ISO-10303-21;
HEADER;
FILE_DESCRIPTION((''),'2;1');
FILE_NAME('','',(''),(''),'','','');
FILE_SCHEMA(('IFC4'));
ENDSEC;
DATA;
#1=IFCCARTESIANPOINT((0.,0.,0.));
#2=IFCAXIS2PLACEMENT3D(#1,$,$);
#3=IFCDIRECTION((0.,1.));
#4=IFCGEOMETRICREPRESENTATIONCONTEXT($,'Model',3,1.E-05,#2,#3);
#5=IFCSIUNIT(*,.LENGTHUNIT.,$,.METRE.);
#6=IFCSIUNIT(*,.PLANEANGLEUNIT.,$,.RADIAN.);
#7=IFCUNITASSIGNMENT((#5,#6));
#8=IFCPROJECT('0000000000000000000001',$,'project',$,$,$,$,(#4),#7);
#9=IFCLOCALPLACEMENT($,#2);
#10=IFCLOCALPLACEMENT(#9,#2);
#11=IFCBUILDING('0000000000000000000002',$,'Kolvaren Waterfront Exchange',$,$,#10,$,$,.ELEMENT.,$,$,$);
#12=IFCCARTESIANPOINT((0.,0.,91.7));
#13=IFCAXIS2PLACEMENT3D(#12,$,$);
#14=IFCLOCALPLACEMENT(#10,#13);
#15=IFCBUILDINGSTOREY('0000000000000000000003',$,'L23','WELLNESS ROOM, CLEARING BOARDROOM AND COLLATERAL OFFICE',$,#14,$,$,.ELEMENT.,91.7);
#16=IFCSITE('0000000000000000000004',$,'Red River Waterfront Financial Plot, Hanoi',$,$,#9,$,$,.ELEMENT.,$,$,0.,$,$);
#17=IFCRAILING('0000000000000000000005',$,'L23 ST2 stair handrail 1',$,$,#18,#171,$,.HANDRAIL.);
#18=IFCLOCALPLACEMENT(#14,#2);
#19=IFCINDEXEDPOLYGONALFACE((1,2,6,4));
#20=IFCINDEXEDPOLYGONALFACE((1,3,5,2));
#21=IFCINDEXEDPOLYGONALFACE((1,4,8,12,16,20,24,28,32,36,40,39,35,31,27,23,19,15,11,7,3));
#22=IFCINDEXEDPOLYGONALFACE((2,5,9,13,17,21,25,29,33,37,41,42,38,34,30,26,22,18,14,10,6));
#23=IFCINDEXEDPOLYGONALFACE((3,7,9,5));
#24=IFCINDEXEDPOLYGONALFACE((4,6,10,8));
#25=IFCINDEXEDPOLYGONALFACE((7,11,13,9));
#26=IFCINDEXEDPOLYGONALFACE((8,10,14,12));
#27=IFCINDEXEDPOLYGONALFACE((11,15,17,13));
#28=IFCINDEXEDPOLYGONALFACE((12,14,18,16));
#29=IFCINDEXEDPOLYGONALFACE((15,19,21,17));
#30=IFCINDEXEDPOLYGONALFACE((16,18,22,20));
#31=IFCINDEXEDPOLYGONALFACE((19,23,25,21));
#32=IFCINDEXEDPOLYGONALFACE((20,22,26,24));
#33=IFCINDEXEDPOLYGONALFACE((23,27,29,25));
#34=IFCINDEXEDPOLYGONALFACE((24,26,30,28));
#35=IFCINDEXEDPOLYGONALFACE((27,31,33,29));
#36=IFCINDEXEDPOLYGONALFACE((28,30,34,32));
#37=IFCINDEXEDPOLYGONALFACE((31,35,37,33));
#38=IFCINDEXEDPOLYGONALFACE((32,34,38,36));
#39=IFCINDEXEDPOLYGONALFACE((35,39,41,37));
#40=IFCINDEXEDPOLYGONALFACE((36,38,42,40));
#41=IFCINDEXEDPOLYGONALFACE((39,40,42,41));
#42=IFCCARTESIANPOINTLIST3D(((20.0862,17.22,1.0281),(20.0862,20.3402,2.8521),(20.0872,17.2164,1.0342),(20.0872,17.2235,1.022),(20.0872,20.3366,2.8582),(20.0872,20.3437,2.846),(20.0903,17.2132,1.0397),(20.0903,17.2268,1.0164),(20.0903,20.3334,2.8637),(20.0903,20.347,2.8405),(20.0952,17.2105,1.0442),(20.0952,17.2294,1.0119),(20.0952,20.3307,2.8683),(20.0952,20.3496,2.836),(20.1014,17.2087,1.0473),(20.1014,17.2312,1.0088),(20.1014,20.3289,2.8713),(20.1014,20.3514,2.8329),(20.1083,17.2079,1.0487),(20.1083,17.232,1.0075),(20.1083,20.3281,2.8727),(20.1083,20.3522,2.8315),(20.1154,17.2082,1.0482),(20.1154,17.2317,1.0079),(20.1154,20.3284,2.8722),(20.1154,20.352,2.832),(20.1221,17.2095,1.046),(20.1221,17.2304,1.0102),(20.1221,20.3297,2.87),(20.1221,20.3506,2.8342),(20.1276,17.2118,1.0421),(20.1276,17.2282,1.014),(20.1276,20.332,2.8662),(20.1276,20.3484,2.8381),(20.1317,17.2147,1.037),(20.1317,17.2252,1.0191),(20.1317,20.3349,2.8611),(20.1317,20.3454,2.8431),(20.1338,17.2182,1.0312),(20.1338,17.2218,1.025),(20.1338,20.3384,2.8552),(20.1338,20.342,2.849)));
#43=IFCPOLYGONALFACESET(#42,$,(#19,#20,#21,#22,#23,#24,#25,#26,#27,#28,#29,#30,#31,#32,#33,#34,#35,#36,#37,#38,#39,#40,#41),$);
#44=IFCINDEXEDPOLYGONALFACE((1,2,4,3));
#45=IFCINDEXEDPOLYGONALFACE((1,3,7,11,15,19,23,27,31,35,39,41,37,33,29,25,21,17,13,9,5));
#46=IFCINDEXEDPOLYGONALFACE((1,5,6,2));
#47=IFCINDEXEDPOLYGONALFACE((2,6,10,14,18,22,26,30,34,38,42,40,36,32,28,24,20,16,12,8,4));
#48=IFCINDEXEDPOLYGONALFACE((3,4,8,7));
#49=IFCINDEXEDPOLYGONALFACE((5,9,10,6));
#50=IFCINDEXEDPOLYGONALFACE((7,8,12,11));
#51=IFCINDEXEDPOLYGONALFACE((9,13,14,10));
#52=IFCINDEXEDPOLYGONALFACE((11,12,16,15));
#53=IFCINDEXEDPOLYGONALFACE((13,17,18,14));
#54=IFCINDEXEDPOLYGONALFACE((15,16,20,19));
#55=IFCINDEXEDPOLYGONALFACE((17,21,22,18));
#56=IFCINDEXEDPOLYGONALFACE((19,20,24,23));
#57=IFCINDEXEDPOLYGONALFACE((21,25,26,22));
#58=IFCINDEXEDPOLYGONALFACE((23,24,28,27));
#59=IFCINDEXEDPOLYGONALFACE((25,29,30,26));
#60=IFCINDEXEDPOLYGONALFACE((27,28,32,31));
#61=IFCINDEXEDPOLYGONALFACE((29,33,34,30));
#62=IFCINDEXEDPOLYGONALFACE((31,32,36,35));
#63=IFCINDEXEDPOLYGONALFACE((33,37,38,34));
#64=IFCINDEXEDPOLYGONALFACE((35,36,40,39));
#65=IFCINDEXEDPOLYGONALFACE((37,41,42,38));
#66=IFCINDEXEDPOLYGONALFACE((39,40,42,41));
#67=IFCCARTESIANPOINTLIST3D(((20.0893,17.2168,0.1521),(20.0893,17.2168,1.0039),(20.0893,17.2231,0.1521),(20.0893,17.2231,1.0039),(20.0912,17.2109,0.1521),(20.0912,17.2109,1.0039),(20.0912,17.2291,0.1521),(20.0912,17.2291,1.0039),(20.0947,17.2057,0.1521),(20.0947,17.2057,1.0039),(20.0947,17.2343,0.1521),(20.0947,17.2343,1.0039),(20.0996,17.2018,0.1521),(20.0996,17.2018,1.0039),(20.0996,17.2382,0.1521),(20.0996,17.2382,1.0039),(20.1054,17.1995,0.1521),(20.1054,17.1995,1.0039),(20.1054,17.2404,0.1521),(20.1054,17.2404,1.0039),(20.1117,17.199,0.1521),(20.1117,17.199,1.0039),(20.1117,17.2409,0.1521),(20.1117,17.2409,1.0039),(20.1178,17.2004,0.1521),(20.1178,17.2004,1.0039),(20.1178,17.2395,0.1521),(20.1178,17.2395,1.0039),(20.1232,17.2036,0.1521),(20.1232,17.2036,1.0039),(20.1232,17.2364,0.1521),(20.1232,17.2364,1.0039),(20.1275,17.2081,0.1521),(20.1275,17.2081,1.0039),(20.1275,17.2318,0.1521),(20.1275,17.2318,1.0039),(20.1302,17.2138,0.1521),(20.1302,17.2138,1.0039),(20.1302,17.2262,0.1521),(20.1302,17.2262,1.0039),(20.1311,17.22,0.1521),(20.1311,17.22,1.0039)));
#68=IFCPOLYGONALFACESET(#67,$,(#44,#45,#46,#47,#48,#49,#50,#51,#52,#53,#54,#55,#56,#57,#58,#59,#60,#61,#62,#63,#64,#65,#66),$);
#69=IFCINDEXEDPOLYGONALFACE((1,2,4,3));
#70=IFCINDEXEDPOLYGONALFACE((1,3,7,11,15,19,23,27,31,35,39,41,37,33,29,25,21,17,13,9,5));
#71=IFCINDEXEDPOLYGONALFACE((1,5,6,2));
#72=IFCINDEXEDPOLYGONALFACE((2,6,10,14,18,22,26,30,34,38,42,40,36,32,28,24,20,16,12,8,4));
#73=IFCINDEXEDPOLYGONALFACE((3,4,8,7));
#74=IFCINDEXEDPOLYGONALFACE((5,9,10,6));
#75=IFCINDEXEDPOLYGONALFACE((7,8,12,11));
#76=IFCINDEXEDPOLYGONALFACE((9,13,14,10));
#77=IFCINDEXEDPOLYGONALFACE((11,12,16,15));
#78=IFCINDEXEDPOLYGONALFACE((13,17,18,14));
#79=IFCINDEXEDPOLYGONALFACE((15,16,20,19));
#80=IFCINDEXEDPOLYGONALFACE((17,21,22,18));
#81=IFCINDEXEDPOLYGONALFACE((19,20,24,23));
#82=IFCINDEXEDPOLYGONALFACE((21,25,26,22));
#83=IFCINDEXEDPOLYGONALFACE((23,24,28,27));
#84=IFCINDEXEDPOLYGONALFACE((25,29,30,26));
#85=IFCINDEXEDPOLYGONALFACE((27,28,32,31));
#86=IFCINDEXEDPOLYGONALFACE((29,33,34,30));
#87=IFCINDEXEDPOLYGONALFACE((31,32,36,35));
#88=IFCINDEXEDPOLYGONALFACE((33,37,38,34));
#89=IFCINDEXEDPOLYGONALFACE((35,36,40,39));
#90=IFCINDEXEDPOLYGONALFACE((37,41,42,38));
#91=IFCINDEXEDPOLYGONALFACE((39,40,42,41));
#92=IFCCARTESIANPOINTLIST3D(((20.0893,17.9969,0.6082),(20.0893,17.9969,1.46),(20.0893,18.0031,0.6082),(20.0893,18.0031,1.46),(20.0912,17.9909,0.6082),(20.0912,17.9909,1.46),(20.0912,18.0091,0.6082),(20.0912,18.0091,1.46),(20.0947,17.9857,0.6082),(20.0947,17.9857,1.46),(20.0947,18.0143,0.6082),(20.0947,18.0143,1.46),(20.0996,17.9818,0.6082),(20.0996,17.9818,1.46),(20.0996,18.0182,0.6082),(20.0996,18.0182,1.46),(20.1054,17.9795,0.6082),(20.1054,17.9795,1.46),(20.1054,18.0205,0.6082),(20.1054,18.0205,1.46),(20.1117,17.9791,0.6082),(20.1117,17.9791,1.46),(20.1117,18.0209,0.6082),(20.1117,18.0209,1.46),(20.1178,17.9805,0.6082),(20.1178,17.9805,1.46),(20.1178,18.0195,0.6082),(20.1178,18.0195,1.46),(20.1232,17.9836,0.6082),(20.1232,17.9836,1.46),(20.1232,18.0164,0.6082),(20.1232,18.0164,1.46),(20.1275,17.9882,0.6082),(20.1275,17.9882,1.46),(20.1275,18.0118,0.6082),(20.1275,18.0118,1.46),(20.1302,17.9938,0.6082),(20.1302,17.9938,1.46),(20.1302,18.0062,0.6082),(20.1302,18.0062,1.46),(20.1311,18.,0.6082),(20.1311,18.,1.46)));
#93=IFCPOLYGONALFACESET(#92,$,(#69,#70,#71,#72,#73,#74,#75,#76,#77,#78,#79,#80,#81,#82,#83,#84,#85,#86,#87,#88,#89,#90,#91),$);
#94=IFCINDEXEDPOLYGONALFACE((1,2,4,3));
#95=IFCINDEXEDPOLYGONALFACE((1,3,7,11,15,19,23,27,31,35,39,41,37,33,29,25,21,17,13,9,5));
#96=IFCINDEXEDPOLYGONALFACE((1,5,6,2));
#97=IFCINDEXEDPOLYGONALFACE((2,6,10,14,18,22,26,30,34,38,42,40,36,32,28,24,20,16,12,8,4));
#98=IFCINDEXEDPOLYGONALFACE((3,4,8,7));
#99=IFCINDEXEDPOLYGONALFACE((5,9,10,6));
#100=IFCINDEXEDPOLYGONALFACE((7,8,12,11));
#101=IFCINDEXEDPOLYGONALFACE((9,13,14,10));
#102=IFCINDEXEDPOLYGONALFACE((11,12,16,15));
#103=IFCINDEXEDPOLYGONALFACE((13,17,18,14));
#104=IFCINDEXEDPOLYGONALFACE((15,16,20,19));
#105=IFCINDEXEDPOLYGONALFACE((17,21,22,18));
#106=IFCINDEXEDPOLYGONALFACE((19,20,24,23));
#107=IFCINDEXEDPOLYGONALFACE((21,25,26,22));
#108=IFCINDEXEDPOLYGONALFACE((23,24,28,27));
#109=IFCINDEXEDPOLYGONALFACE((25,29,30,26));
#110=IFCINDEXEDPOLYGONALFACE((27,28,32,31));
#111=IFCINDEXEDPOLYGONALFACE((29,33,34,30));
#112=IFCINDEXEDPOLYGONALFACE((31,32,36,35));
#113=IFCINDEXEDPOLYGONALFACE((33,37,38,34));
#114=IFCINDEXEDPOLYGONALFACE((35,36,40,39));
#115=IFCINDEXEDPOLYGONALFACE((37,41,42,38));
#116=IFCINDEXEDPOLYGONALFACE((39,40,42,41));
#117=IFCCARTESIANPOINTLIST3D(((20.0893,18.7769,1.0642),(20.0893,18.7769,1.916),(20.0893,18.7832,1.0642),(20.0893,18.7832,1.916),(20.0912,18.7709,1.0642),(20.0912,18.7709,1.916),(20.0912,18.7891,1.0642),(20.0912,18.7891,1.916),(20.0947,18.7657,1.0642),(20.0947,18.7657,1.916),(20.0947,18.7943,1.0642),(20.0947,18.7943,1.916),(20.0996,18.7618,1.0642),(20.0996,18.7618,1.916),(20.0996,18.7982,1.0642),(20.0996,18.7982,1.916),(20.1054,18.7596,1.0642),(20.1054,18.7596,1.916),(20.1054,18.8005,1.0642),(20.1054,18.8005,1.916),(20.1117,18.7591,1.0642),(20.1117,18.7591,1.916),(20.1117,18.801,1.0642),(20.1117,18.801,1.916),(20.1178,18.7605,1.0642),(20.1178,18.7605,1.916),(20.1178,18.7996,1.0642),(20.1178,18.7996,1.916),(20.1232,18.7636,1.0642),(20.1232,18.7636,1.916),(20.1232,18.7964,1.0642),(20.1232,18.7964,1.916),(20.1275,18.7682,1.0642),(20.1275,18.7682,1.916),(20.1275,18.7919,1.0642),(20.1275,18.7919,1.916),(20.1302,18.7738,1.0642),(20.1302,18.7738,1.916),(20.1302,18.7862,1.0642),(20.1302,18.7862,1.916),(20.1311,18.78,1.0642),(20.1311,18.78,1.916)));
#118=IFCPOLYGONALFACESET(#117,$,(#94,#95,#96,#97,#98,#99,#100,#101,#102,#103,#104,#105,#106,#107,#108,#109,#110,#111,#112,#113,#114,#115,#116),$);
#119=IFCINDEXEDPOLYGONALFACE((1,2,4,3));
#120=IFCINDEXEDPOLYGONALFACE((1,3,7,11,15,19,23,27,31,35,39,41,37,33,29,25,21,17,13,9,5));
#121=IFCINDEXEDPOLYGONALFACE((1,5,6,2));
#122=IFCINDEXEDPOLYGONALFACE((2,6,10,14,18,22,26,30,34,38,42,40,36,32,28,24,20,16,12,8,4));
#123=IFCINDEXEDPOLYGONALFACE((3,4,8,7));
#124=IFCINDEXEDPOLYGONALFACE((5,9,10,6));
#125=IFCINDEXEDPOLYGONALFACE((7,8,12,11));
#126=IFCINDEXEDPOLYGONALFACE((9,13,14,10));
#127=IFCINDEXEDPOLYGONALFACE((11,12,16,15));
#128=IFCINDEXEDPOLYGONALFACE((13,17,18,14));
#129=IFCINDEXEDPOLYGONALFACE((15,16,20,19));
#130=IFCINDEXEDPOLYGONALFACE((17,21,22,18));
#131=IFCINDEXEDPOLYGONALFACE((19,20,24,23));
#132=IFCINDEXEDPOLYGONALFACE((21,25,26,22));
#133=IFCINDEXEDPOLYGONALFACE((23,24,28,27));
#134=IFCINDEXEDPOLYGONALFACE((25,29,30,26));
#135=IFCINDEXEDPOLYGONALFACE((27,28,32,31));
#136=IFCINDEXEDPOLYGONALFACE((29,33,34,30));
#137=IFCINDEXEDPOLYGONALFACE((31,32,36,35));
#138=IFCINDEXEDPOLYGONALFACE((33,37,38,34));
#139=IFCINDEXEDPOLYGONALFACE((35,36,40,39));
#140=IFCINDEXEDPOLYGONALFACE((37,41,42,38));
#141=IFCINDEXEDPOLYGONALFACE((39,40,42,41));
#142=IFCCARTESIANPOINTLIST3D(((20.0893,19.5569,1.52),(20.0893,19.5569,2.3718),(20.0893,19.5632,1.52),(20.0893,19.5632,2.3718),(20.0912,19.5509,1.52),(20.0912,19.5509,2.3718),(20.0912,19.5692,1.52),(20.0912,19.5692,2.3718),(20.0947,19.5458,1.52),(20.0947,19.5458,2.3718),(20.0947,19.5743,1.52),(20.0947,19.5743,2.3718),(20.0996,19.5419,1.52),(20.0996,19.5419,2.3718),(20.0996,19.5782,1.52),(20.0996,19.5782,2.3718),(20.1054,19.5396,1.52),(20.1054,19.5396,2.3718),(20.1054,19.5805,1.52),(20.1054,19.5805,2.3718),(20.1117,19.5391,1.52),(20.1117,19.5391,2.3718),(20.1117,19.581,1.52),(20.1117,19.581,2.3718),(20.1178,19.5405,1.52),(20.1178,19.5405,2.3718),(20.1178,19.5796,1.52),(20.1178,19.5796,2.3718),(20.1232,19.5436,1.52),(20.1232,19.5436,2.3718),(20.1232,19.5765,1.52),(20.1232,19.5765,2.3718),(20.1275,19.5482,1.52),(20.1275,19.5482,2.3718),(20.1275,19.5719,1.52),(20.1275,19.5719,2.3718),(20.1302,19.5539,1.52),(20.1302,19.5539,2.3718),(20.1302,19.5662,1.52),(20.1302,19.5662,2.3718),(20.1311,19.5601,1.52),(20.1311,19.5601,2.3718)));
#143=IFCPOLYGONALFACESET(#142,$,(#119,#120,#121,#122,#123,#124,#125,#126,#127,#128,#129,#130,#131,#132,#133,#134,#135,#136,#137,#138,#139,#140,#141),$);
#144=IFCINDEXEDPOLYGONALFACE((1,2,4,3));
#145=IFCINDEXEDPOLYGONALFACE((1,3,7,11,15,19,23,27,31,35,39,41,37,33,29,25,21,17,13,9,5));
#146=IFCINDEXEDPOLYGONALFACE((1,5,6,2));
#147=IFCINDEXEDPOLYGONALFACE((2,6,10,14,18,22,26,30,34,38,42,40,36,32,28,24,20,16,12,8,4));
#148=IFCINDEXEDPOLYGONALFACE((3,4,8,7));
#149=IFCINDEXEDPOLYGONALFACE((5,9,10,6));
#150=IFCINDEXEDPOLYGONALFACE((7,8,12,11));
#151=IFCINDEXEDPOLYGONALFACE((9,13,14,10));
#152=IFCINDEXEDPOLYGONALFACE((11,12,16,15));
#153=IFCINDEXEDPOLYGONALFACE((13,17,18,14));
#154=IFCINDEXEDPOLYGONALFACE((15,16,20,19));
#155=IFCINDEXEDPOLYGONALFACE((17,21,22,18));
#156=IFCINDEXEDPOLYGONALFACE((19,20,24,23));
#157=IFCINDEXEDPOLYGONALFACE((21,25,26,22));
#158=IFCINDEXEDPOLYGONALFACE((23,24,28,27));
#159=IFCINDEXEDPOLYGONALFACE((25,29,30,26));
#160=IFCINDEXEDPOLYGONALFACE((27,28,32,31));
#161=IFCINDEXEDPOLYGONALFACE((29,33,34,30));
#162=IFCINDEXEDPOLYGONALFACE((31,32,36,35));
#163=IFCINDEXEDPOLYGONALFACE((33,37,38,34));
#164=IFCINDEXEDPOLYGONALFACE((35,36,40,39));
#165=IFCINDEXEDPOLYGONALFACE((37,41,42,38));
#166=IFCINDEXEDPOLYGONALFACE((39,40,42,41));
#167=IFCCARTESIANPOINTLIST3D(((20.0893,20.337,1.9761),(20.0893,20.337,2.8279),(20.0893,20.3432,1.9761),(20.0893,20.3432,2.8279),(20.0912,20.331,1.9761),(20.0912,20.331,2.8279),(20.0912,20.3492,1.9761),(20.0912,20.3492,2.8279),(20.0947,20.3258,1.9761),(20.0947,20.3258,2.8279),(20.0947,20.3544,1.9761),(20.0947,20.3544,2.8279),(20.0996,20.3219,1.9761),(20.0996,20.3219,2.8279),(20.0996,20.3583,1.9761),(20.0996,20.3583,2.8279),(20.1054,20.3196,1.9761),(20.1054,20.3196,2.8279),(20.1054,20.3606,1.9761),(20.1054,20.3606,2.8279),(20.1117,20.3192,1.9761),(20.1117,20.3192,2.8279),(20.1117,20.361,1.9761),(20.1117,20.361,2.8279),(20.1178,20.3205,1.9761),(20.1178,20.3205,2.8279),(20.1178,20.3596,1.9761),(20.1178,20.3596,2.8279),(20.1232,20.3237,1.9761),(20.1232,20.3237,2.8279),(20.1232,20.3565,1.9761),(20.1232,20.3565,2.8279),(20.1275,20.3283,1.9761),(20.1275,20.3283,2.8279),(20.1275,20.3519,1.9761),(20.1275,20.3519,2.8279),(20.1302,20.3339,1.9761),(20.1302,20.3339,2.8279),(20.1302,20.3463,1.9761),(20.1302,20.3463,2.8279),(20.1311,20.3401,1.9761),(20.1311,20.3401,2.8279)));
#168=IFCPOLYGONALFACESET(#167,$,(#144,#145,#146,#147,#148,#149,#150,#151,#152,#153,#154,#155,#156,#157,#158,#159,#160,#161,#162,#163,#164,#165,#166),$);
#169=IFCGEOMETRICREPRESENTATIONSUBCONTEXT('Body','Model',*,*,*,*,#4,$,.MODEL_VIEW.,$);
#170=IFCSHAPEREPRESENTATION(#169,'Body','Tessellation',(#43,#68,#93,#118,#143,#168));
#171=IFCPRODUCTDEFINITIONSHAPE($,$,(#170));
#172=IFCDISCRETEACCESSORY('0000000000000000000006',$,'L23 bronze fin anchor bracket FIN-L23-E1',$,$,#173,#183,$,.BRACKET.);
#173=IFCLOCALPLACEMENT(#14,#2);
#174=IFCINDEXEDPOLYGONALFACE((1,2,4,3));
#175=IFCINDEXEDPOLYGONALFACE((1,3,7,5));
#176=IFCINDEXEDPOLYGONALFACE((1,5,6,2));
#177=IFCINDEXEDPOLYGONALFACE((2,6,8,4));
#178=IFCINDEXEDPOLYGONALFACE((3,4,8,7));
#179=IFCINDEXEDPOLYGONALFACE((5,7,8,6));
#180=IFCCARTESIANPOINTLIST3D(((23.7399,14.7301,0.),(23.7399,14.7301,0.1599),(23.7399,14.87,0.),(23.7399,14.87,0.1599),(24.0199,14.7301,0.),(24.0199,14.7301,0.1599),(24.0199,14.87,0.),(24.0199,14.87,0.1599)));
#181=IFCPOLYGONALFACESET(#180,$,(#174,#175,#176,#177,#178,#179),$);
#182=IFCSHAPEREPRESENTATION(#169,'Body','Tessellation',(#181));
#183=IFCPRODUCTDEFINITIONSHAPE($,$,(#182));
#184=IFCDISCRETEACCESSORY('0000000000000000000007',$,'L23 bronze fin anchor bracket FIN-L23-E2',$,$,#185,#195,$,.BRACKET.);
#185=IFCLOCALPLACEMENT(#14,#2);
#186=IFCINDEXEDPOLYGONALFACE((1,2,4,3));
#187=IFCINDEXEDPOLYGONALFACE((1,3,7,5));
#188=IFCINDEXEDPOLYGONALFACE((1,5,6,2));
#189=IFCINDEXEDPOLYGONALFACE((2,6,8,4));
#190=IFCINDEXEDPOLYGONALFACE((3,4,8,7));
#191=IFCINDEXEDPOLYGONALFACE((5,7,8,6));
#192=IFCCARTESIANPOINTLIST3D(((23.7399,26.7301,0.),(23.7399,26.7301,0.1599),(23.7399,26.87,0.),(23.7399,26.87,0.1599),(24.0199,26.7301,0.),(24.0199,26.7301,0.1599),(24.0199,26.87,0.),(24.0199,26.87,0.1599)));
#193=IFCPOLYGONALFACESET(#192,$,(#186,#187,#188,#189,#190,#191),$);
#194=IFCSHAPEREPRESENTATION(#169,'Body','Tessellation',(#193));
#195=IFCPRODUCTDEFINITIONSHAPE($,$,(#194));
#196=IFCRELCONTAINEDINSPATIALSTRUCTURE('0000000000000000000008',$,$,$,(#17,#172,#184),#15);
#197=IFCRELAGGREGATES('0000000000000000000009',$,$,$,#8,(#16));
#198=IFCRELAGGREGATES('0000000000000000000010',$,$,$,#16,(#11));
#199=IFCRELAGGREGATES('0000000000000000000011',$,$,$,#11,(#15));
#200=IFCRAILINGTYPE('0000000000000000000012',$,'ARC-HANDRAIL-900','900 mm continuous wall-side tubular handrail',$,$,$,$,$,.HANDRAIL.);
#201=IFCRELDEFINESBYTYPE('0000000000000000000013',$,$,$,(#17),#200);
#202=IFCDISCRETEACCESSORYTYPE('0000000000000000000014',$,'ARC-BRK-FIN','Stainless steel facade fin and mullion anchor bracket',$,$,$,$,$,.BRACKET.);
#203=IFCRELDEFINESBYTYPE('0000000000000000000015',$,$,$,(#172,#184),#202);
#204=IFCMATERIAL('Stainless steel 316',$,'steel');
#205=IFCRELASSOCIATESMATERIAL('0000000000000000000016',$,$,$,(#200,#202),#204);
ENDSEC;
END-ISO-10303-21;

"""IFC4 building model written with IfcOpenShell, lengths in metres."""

from ifc_helpers import new_model, si_unit, direction, frame, origin, origin_with_axes, origin_2d, place, context, subcontext, project, spatial, rectangle, circle, extrude, source, transform, mapped, material, type_object, element, save


model = new_model("IFC4")

# Units and contexts
model_context = context("Model", 3, precision=1e-05, world=origin(), true_north=direction((0.0, 1.0)))
body_context = subcontext(model_context, "Body", "Model", "MODEL_VIEW")
ifc_project = project(units=[si_unit("LENGTHUNIT", "METRE"), si_unit("PLANEANGLEUNIT", "RADIAN")], contexts=[model_context])

# Site, building, storey
site_placement = place(None, origin())
site = spatial("IfcSite", under=ifc_project, at=site_placement, Name="Red River Waterfront Financial Plot, Hanoi", CompositionType="ELEMENT", RefElevation=0.0)
building_placement = place(site_placement, origin())
building = spatial("IfcBuilding", under=site, at=building_placement, Name="Kolvaren Waterfront Exchange", CompositionType="ELEMENT")
storey_placement = place(building_placement, frame((0.0, 0.0, 91.7)))
storey = spatial("IfcBuildingStorey", under=building, at=storey_placement, Name="L23", Description="WELLNESS ROOM, CLEARING BOARDROOM AND COLLATERAL OFFICE", CompositionType="ELEMENT", Elevation=91.7)

# Railing
ifc_material_1 = material(Name="Stainless steel 316", Category="steel")
railing_type = type_object("IfcRailingType", Name="ARC-HANDRAIL-900", Description="900 mm continuous wall-side tubular handrail", PredefinedType="HANDRAIL", material=ifc_material_1)
railing_placement = place(storey_placement, frame((20.1101, 17.22, 0.1521)))
element("IfcRailing", 1, at=railing_placement, inside=storey, type_object=railing_type, Name="L23 ST2 stair handrail 1", PredefinedType="HANDRAIL", context=body_context, shape_type="SweptSolid", body=[
    extrude(circle(Radius=0.0239, at=origin_2d()), frame((0.0, 0.0, 0.876), z_axis=(0.0, 0.863308, 0.504677), x_axis=(-1.0, 0.0, 0.0)), (0.0, 0.0, 1.0), 3.6143),
    extrude(circle(Radius=0.021, at=origin_2d()), origin(), (0.0, 0.0, 1.0), 0.8518),
    extrude(circle(Radius=0.021, at=origin_2d()), frame((0.0, 0.78, 0.4561)), (0.0, 0.0, 1.0), 0.8518),
    extrude(circle(Radius=0.021, at=origin_2d()), frame((0.0, 1.5601, 0.9121)), (0.0, 0.0, 1.0), 0.8518),
    extrude(circle(Radius=0.021, at=origin_2d()), frame((0.0, 2.3401, 1.3679)), (0.0, 0.0, 1.0), 0.8518),
    extrude(circle(Radius=0.021, at=origin_2d()), frame((0.0, 3.1201, 1.824)), (0.0, 0.0, 1.0), 0.8518),
])

# Discrete accessories
discrete_accessory_type = type_object("IfcDiscreteAccessoryType", Name="ARC-BRK-FIN", Description="Stainless steel facade fin and mullion anchor bracket", PredefinedType="BRACKET", material=ifc_material_1)
shared_shape_1 = source(origin_with_axes(), body_context, "Body", "SweptSolid", [
    extrude(rectangle(XDim=0.28, YDim=0.1399, at=origin_2d()), origin(), (0.0, 0.0, 1.0), 0.1599),
])
for number, where, z_axis, x_axis, name in (
    (2, (23.8799, 14.8, 0.0), (0.0, 0.0, 1.0), (1.0, 0.0, 0.0), "L23 bronze fin anchor bracket FIN-L23-E1"),
    (3, (23.8799, 26.8, 0.0), (0.0, 0.0, 1.0), (1.0, 0.0, 0.0), "L23 bronze fin anchor bracket FIN-L23-E2"),
):
    element("IfcDiscreteAccessory", number, at=place(storey_placement, frame(where, z_axis=z_axis, x_axis=x_axis)), inside=storey, type_object=discrete_accessory_type, Name=name, PredefinedType="BRACKET", context=body_context, shape_type="MappedRepresentation", body=[
        mapped(shared_shape_1, transform((0.0, 0.0, 0.0), x_axis=(1.0, 0.0, 0.0), y_axis=(0.0, 1.0, 0.0), z_axis=(0.0, 0.0, 1.0), scale=1.0)),
    ])

save(model, "model.ifc")
